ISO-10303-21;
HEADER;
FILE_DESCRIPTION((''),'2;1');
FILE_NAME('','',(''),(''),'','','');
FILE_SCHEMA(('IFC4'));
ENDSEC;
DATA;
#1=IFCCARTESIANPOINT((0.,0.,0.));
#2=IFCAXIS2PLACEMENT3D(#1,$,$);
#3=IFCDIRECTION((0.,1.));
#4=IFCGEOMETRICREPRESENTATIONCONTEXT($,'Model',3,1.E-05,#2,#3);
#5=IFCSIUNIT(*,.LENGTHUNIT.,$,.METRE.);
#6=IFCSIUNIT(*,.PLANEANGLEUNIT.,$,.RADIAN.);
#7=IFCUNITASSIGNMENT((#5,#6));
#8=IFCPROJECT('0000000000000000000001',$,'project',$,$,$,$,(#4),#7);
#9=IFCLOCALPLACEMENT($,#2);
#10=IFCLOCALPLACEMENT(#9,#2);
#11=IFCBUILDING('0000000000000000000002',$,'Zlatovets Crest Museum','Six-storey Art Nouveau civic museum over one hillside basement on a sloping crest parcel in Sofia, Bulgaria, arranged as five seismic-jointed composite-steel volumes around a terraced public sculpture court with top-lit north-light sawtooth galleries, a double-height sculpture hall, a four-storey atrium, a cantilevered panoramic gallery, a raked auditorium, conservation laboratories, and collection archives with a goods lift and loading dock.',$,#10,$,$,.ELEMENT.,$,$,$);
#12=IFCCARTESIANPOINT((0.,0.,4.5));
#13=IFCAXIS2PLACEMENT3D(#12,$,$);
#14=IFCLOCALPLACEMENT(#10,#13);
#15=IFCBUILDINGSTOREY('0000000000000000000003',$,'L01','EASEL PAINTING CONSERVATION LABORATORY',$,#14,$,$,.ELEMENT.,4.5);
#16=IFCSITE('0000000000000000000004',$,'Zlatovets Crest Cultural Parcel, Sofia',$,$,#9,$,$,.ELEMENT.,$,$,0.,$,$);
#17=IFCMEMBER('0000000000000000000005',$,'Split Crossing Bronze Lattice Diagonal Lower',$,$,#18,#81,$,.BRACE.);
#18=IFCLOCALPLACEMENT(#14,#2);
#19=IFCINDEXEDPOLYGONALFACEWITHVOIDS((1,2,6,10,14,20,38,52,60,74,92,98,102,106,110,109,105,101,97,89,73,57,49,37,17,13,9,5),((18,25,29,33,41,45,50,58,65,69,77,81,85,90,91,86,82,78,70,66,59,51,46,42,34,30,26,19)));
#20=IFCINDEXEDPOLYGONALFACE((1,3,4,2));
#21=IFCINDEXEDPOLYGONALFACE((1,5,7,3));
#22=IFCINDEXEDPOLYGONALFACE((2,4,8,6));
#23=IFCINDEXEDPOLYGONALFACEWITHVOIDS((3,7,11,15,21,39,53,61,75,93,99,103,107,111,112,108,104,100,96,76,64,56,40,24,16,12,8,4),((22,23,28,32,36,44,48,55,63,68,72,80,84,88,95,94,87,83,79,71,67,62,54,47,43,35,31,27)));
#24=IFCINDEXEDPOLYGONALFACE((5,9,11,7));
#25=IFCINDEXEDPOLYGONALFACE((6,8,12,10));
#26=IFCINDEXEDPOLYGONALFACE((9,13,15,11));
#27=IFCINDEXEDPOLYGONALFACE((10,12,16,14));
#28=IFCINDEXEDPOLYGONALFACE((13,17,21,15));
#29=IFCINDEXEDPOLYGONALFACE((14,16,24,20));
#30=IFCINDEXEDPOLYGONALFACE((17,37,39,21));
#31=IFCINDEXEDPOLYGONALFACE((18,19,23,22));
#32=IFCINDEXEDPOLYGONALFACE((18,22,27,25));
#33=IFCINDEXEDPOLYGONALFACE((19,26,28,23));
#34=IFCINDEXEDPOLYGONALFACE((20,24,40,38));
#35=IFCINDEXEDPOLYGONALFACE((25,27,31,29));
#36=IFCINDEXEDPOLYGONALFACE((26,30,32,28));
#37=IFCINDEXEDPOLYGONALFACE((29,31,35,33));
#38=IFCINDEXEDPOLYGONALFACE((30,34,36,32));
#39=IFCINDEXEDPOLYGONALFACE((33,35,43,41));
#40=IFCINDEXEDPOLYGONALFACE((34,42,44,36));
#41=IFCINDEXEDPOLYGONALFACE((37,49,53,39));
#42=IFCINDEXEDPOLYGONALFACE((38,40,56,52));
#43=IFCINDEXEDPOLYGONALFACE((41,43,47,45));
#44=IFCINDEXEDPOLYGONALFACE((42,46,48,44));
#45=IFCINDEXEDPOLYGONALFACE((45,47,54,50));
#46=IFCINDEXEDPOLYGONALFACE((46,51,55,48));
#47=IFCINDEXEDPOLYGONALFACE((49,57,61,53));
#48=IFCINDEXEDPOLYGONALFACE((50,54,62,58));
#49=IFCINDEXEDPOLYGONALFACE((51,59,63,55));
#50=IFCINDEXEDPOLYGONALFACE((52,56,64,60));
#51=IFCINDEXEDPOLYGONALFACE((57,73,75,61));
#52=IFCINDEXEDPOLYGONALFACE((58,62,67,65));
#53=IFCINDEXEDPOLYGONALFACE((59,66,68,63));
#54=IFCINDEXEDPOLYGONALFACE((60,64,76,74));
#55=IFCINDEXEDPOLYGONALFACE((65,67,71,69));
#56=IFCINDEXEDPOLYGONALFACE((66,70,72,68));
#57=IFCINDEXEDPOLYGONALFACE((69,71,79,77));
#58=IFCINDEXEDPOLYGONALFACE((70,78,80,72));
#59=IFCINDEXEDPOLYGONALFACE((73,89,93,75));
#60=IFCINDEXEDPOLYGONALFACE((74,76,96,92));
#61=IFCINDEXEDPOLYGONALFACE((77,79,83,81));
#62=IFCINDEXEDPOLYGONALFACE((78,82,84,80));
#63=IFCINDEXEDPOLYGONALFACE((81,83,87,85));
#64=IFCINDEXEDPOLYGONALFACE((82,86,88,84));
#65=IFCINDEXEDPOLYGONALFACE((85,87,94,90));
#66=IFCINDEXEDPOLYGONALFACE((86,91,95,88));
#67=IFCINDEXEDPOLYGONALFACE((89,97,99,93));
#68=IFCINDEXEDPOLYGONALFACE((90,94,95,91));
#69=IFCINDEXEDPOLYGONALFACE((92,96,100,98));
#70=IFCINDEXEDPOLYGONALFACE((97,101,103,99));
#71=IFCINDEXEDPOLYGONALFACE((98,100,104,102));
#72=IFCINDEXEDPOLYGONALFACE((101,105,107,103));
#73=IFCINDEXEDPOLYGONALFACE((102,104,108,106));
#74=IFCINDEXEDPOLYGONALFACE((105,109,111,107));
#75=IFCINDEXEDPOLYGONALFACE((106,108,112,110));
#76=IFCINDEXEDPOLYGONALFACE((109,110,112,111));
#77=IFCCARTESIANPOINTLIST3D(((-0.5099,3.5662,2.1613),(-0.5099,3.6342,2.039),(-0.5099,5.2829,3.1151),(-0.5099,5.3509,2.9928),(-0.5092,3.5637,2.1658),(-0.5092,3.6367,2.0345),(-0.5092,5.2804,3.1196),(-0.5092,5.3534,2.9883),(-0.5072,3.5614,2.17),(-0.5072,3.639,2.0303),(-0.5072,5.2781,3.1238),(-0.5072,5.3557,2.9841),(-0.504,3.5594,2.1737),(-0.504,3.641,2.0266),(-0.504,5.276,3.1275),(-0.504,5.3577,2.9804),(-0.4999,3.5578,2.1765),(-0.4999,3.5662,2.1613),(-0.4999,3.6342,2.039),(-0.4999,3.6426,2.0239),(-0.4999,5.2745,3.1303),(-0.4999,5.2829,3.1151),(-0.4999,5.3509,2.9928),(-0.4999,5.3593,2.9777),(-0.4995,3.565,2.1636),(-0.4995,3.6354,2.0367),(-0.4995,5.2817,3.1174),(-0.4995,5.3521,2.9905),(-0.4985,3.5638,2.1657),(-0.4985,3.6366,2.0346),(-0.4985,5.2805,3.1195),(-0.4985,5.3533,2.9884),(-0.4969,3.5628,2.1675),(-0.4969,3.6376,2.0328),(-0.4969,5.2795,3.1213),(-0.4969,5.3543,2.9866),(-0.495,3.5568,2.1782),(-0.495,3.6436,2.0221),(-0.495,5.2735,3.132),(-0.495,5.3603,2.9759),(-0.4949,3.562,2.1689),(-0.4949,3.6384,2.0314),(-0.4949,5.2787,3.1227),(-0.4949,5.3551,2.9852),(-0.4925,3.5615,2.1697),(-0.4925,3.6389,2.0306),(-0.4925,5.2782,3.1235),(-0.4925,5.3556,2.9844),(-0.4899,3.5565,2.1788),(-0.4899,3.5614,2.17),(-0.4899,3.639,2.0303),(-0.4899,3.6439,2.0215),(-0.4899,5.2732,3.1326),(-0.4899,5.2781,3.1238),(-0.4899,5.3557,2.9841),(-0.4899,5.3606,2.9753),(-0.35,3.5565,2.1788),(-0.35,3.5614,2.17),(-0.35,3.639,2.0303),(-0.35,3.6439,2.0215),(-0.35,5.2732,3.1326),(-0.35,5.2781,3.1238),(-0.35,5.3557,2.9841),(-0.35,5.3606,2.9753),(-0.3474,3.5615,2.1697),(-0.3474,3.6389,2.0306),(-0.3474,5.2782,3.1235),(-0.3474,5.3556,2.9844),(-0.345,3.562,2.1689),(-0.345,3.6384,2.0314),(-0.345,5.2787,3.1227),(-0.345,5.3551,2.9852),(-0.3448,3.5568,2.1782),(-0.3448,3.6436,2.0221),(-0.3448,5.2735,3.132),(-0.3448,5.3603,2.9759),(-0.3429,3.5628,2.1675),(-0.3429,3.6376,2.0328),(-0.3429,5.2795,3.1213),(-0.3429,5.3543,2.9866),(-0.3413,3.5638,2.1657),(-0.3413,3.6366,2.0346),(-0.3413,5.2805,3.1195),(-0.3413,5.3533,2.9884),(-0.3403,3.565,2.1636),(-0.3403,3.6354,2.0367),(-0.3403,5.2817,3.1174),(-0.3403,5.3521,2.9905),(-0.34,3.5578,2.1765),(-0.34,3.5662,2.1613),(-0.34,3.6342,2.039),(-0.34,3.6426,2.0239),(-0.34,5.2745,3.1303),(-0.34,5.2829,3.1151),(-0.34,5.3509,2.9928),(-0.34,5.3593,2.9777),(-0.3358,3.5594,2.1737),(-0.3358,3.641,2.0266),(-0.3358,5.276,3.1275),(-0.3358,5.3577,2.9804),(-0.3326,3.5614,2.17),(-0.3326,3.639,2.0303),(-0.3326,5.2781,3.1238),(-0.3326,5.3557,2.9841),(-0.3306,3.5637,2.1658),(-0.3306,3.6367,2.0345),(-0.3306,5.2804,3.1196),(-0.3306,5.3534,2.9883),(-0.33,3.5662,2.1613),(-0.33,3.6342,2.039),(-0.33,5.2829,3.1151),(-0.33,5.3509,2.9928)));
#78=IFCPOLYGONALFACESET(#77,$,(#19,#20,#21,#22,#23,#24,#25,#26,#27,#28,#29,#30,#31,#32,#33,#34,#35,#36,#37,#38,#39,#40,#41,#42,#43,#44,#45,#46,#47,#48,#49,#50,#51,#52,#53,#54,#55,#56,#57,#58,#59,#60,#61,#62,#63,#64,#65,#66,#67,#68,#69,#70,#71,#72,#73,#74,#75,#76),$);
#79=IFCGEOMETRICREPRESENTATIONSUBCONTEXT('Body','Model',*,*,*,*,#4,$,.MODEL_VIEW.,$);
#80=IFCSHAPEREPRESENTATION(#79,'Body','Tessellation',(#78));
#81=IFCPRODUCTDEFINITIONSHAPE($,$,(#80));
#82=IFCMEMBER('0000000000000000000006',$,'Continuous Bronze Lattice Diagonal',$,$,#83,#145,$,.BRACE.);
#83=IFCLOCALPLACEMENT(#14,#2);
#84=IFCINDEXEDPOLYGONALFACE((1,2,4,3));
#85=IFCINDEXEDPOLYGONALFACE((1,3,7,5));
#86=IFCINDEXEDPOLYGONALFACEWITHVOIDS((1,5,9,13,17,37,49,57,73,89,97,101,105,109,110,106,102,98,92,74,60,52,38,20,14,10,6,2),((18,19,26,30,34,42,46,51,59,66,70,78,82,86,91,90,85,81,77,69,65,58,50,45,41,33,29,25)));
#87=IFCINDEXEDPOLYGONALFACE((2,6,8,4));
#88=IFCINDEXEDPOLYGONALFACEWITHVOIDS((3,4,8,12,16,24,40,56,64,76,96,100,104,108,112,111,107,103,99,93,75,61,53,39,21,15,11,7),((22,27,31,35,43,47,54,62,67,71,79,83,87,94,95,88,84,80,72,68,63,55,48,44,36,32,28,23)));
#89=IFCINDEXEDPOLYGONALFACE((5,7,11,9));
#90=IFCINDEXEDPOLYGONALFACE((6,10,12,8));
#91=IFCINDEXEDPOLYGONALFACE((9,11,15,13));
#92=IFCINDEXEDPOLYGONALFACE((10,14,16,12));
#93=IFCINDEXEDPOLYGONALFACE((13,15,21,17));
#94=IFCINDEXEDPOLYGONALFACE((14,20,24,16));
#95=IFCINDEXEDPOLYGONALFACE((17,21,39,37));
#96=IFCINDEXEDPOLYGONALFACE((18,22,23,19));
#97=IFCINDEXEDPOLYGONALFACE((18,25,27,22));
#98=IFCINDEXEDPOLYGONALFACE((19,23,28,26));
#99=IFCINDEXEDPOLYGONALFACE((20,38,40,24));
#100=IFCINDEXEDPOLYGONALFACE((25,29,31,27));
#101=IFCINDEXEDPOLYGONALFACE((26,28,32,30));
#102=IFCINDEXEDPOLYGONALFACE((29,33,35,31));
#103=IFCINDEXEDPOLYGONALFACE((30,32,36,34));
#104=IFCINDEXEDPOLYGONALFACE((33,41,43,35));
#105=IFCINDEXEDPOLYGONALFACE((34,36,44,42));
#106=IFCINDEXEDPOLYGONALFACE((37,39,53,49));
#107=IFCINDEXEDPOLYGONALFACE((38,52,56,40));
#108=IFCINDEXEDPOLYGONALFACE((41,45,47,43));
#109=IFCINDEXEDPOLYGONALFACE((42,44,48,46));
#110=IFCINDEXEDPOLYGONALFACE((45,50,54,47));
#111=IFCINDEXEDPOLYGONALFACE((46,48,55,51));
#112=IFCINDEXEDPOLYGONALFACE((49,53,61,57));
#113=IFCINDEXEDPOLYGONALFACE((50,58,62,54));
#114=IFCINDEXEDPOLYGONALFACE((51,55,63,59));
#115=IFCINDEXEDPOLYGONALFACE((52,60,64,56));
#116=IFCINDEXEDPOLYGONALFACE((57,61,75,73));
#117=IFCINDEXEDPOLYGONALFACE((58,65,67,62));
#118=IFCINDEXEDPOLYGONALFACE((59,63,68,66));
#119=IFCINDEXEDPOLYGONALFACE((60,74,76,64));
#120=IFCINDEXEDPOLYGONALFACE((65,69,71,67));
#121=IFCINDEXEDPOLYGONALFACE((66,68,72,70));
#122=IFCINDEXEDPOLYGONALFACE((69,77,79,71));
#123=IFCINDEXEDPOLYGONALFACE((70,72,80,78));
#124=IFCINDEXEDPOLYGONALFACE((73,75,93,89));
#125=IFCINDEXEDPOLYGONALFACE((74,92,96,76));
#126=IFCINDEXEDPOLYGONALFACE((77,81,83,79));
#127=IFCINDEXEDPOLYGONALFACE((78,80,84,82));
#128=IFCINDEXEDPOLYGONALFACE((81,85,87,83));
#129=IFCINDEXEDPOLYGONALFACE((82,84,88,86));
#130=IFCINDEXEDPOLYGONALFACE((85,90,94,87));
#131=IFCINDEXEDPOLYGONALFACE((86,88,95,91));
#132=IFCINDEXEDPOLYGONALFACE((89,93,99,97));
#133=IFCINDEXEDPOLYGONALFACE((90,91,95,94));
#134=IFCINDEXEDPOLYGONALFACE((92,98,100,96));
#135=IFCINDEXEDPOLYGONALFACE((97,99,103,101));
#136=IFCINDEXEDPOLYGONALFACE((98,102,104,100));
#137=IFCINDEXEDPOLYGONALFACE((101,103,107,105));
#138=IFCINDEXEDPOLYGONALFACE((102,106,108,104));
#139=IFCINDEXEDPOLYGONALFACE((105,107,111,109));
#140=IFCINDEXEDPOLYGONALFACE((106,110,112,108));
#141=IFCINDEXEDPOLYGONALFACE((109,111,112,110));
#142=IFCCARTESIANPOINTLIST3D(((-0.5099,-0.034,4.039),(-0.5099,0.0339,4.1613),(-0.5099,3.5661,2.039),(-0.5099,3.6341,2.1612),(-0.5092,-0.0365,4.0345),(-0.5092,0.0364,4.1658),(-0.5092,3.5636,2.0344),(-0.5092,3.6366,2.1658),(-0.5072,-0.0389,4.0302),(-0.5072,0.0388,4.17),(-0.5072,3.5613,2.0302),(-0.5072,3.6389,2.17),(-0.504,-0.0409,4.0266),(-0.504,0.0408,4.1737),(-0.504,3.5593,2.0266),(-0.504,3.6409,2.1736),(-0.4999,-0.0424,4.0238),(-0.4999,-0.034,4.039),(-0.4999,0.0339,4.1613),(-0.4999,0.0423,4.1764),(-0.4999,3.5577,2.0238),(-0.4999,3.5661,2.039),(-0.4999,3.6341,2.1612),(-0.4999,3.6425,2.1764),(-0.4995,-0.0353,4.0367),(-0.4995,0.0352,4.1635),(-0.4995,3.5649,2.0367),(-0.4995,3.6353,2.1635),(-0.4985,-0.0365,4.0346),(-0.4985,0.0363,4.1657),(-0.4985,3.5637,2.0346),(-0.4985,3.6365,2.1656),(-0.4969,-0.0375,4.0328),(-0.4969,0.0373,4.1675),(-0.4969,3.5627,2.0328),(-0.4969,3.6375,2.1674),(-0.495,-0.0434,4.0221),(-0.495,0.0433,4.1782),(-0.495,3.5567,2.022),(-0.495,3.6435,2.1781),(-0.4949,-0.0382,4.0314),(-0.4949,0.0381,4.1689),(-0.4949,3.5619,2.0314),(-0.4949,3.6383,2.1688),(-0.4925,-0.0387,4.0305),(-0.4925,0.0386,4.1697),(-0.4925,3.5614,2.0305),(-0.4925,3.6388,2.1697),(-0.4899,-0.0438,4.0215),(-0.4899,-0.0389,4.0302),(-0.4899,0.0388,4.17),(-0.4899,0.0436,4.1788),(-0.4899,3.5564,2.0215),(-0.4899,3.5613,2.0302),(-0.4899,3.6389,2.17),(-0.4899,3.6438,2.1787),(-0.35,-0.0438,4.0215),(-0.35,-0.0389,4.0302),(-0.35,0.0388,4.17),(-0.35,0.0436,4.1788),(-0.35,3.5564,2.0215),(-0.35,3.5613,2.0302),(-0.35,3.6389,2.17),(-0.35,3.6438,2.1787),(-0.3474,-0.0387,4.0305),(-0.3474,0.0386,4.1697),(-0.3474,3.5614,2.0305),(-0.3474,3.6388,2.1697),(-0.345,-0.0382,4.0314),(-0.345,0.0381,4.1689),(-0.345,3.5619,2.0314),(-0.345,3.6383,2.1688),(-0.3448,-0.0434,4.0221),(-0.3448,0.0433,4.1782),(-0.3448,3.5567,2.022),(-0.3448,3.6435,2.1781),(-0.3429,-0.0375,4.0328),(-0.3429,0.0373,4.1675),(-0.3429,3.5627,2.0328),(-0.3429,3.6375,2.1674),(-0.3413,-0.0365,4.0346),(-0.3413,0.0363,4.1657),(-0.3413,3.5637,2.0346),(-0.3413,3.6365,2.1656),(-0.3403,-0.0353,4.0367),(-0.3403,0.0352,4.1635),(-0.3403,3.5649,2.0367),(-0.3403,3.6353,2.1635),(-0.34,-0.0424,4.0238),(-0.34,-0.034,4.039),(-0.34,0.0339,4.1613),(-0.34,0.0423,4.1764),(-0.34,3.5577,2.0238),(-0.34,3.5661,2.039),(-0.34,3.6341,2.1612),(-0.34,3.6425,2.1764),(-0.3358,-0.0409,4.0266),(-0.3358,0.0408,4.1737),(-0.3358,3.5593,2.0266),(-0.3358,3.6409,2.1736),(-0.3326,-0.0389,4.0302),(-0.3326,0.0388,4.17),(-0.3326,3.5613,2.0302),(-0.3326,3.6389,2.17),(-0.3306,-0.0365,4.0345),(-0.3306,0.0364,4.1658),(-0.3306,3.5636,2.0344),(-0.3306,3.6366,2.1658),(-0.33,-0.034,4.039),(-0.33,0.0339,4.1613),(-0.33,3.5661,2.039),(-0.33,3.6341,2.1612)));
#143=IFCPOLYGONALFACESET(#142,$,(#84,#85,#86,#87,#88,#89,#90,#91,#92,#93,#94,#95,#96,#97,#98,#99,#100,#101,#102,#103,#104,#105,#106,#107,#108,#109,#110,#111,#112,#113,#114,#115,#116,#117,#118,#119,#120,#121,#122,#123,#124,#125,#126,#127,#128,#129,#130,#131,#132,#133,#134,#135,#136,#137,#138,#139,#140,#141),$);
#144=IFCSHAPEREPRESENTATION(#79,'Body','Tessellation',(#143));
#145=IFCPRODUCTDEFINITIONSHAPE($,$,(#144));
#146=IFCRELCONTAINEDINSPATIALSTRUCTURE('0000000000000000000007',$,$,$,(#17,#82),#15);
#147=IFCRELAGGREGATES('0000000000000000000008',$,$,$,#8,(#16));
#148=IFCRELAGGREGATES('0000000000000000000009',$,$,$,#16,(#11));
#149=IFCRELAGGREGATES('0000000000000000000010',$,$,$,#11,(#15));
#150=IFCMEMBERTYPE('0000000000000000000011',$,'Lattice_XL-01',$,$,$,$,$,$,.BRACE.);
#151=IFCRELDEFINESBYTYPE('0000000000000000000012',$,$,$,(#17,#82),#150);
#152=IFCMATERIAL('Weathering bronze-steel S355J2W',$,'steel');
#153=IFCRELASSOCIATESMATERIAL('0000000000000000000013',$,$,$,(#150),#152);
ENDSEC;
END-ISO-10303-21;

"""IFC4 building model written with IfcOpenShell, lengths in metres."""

from ifc_helpers import new_model, si_unit, direction, frame, origin, origin_2d, place, context, subcontext, project, spatial, hollow_rectangle, extrude, material, material_profile, profile_set, type_object, element, save


model = new_model("IFC4")

# Units and contexts
model_context = context("Model", 3, precision=1e-05, world=origin(), true_north=direction((0.0, 1.0)))
body_context = subcontext(model_context, "Body", "Model", "MODEL_VIEW")
ifc_project = project(units=[si_unit("LENGTHUNIT", "METRE"), si_unit("PLANEANGLEUNIT", "RADIAN")], contexts=[model_context])

# Site, building, storey
site_placement = place(None, origin())
site = spatial("IfcSite", under=ifc_project, at=site_placement, Name="Zlatovets Crest Cultural Parcel, Sofia", CompositionType="ELEMENT", RefElevation=0.0)
building_placement = place(site_placement, origin())
building = spatial("IfcBuilding", under=site, at=building_placement, Name="Zlatovets Crest Museum", Description="Six-storey Art Nouveau civic museum over one hillside basement on a sloping crest parcel in Sofia, Bulgaria, arranged as five seismic-jointed composite-steel volumes around a terraced public sculpture court with top-lit north-light sawtooth galleries, a double-height sculpture hall, a four-storey atrium, a cantilevered panoramic gallery, a raked auditorium, conservation laboratories, and collection archives with a goods lift and loading dock.", CompositionType="ELEMENT")
storey_placement = place(building_placement, frame((0.0, 0.0, 4.5)))
storey = spatial("IfcBuildingStorey", under=building, at=storey_placement, Name="L01", Description="EASEL PAINTING CONSERVATION LABORATORY", CompositionType="ELEMENT", Elevation=4.5)

# Members
ifc_material_1 = material(Name="Weathering bronze-steel S355J2W", Category="steel")
ifc_material_profile_1 = material_profile(ifc_material_1, hollow_rectangle(XDim=0.1799, YDim=0.1799, WallThickness=0.01, InnerFilletRadius=0.01, OuterFilletRadius=0.02, at=origin_2d()), Name="SHS 180x180x10.0")
ifc_profile_set_1 = profile_set([ifc_material_profile_1], Name="Weathering bronze-steel S355J2W")
member_type_1 = type_object("IfcMemberType", Name="Lattice_XL-01", PredefinedType="BRACE", material=ifc_profile_set_1)
member_1_placement = place(storey_placement, frame((-0.4199, 5.3169, 3.054), z_axis=(0.0, -0.87414, -0.485675), x_axis=(1.0, 0.0, 0.0)))
element("IfcMember", 1, at=member_1_placement, inside=storey, type_object=member_type_1, Name="Split Crossing Bronze Lattice Diagonal Lower", PredefinedType="BRACE", context=body_context, shape_type="SweptSolid", body=[
    extrude(hollow_rectangle(XDim=0.1799, YDim=0.1799, WallThickness=0.01, InnerFilletRadius=0.01, OuterFilletRadius=0.02, at=origin_2d()), origin(), (0.0, 0.0, 1.0), 1.9639),
])
member_2_placement = place(storey_placement, frame((-0.4199, 3.6001, 2.1001), z_axis=(0.0, -0.874163, 0.485633), x_axis=(1.0, 0.0, 0.0)))
element("IfcMember", 2, at=member_2_placement, inside=storey, type_object=member_type_1, Name="Continuous Bronze Lattice Diagonal", PredefinedType="BRACE", context=body_context, shape_type="SweptSolid", body=[
    extrude(hollow_rectangle(XDim=0.1799, YDim=0.1799, WallThickness=0.01, InnerFilletRadius=0.01, OuterFilletRadius=0.02, at=origin_2d()), origin(), (0.0, 0.0, 1.0), 4.1184),
])

save(model, "model.ifc")
